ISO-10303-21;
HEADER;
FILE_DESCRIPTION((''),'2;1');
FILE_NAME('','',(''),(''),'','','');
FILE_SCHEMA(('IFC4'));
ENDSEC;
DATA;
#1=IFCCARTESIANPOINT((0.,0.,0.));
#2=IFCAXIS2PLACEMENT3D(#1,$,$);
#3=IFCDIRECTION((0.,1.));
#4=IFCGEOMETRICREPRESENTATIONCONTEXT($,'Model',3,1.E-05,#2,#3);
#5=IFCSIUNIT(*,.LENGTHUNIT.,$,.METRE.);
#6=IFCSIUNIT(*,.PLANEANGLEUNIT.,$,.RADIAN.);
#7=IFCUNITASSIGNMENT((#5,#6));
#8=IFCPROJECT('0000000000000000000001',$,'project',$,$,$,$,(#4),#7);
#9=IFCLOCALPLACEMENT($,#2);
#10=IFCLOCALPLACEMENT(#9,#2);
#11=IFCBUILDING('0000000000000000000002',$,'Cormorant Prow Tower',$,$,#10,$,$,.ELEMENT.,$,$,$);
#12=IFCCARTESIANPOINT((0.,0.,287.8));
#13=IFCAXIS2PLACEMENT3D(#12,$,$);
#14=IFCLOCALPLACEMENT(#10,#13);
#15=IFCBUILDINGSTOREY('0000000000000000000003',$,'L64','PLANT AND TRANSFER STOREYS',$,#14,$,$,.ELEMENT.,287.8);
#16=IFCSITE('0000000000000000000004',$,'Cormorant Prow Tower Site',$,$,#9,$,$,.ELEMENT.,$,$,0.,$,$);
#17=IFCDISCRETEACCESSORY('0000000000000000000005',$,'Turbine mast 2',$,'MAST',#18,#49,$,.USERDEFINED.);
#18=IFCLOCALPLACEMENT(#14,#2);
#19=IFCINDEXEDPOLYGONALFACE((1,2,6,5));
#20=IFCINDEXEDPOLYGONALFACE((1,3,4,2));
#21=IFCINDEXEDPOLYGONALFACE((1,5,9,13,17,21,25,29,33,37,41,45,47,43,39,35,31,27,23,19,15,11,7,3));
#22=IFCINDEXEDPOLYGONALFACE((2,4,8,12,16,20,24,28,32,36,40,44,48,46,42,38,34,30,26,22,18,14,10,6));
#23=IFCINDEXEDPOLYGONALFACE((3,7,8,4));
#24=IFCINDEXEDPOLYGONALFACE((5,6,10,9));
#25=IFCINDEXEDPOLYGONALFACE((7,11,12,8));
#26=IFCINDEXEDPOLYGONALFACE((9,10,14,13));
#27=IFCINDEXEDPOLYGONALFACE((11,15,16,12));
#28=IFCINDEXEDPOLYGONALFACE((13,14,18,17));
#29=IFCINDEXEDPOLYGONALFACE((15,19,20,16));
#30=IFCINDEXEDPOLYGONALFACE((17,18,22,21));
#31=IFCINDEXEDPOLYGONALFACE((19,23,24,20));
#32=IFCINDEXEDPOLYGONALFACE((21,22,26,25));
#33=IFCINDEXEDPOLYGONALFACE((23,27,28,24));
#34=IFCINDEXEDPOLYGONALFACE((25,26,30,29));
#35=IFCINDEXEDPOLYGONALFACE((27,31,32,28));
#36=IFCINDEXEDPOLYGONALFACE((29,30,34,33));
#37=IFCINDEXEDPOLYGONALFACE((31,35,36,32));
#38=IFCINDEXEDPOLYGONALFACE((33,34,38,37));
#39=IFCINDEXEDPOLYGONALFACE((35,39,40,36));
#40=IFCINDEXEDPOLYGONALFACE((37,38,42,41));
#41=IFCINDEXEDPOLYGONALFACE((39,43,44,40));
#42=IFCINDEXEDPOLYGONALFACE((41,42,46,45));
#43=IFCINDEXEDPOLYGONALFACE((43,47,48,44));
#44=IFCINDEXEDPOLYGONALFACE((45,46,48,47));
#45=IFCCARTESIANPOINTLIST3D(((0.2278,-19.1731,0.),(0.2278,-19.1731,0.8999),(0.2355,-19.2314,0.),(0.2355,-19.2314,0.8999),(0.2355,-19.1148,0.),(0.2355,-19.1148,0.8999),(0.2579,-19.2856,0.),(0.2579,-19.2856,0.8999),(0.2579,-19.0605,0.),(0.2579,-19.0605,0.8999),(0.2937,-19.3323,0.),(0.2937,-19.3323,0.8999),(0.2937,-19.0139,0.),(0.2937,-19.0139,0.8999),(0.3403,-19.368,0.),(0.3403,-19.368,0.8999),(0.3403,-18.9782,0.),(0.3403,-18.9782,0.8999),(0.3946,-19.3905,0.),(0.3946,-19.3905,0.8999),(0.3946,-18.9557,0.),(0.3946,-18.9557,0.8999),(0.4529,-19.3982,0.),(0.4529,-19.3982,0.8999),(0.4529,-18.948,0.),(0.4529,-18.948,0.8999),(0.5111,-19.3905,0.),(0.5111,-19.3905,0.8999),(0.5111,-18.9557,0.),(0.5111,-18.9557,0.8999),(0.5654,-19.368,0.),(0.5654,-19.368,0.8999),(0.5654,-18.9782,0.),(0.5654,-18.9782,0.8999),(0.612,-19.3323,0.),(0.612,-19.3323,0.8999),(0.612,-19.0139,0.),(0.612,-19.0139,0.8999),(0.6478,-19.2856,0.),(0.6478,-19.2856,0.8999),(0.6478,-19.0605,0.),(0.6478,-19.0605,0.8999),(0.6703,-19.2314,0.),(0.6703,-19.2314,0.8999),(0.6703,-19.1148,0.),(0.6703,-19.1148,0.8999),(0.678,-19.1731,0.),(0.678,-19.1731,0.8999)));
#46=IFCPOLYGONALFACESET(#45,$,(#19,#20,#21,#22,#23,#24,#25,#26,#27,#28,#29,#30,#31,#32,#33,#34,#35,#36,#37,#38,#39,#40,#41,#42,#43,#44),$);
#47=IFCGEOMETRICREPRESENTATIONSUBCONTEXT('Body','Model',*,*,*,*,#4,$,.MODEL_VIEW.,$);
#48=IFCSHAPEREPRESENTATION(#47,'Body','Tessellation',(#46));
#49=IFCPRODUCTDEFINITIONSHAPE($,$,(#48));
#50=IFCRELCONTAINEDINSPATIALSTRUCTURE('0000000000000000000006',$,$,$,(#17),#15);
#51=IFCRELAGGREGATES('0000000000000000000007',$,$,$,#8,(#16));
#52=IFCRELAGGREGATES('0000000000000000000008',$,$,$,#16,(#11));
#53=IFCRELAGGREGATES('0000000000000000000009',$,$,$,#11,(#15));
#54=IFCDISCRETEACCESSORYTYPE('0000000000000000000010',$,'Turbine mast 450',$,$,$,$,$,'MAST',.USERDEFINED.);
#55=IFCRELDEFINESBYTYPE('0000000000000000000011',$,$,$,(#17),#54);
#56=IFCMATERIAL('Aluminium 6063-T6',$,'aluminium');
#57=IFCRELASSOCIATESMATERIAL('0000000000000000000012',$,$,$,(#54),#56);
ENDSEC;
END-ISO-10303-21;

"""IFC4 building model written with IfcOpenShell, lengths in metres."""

from ifc_helpers import new_model, si_unit, direction, frame, origin, origin_2d, place, context, subcontext, project, spatial, circle, extrude, material, material_profile, profile_set, type_object, element, save


model = new_model("IFC4")

# Units and contexts
model_context = context("Model", 3, precision=1e-05, world=origin(), true_north=direction((0.0, 1.0)))
body_context = subcontext(model_context, "Body", "Model", "MODEL_VIEW")
ifc_project = project(units=[si_unit("LENGTHUNIT", "METRE"), si_unit("PLANEANGLEUNIT", "RADIAN")], contexts=[model_context])

# Site, building, storey
site_placement = place(None, origin())
site = spatial("IfcSite", under=ifc_project, at=site_placement, Name="Cormorant Prow Tower Site", CompositionType="ELEMENT", RefElevation=0.0)
building_placement = place(site_placement, origin())
building = spatial("IfcBuilding", under=site, at=building_placement, Name="Cormorant Prow Tower", CompositionType="ELEMENT")
storey_placement = place(building_placement, frame((0.0, 0.0, 287.8)))
storey = spatial("IfcBuildingStorey", under=building, at=storey_placement, Name="L64", Description="PLANT AND TRANSFER STOREYS", CompositionType="ELEMENT", Elevation=287.8)

# Discrete accessory
ifc_material_1 = material(Name="Aluminium 6063-T6", Category="aluminium")
ifc_material_profile_1 = material_profile(ifc_material_1, circle(Radius=0.2251, at=origin_2d()), Name="Turbine mast 450")
ifc_profile_set_1 = profile_set([ifc_material_profile_1], Name="Aluminium 6063-T6")
discrete_accessory_type_1 = type_object("IfcDiscreteAccessoryType", Name="Turbine mast 450", ElementType="MAST", PredefinedType="USERDEFINED", material=ifc_profile_set_1)
discrete_accessory_1_placement = place(storey_placement, frame((0.4529, -19.1731, 0.0), z_axis=(0.0, 0.0, 1.0), x_axis=(1.0, 0.0, 0.0)))
element("IfcDiscreteAccessory", 1, at=discrete_accessory_1_placement, inside=storey, type_object=discrete_accessory_type_1, Name="Turbine mast 2", ObjectType="MAST", PredefinedType="USERDEFINED", context=body_context, shape_type="SweptSolid", body=[
    extrude(circle(Radius=0.2251, at=origin_2d()), origin(), (0.0, 0.0, 1.0), 0.8999),
])

save(model, "model.ifc")
